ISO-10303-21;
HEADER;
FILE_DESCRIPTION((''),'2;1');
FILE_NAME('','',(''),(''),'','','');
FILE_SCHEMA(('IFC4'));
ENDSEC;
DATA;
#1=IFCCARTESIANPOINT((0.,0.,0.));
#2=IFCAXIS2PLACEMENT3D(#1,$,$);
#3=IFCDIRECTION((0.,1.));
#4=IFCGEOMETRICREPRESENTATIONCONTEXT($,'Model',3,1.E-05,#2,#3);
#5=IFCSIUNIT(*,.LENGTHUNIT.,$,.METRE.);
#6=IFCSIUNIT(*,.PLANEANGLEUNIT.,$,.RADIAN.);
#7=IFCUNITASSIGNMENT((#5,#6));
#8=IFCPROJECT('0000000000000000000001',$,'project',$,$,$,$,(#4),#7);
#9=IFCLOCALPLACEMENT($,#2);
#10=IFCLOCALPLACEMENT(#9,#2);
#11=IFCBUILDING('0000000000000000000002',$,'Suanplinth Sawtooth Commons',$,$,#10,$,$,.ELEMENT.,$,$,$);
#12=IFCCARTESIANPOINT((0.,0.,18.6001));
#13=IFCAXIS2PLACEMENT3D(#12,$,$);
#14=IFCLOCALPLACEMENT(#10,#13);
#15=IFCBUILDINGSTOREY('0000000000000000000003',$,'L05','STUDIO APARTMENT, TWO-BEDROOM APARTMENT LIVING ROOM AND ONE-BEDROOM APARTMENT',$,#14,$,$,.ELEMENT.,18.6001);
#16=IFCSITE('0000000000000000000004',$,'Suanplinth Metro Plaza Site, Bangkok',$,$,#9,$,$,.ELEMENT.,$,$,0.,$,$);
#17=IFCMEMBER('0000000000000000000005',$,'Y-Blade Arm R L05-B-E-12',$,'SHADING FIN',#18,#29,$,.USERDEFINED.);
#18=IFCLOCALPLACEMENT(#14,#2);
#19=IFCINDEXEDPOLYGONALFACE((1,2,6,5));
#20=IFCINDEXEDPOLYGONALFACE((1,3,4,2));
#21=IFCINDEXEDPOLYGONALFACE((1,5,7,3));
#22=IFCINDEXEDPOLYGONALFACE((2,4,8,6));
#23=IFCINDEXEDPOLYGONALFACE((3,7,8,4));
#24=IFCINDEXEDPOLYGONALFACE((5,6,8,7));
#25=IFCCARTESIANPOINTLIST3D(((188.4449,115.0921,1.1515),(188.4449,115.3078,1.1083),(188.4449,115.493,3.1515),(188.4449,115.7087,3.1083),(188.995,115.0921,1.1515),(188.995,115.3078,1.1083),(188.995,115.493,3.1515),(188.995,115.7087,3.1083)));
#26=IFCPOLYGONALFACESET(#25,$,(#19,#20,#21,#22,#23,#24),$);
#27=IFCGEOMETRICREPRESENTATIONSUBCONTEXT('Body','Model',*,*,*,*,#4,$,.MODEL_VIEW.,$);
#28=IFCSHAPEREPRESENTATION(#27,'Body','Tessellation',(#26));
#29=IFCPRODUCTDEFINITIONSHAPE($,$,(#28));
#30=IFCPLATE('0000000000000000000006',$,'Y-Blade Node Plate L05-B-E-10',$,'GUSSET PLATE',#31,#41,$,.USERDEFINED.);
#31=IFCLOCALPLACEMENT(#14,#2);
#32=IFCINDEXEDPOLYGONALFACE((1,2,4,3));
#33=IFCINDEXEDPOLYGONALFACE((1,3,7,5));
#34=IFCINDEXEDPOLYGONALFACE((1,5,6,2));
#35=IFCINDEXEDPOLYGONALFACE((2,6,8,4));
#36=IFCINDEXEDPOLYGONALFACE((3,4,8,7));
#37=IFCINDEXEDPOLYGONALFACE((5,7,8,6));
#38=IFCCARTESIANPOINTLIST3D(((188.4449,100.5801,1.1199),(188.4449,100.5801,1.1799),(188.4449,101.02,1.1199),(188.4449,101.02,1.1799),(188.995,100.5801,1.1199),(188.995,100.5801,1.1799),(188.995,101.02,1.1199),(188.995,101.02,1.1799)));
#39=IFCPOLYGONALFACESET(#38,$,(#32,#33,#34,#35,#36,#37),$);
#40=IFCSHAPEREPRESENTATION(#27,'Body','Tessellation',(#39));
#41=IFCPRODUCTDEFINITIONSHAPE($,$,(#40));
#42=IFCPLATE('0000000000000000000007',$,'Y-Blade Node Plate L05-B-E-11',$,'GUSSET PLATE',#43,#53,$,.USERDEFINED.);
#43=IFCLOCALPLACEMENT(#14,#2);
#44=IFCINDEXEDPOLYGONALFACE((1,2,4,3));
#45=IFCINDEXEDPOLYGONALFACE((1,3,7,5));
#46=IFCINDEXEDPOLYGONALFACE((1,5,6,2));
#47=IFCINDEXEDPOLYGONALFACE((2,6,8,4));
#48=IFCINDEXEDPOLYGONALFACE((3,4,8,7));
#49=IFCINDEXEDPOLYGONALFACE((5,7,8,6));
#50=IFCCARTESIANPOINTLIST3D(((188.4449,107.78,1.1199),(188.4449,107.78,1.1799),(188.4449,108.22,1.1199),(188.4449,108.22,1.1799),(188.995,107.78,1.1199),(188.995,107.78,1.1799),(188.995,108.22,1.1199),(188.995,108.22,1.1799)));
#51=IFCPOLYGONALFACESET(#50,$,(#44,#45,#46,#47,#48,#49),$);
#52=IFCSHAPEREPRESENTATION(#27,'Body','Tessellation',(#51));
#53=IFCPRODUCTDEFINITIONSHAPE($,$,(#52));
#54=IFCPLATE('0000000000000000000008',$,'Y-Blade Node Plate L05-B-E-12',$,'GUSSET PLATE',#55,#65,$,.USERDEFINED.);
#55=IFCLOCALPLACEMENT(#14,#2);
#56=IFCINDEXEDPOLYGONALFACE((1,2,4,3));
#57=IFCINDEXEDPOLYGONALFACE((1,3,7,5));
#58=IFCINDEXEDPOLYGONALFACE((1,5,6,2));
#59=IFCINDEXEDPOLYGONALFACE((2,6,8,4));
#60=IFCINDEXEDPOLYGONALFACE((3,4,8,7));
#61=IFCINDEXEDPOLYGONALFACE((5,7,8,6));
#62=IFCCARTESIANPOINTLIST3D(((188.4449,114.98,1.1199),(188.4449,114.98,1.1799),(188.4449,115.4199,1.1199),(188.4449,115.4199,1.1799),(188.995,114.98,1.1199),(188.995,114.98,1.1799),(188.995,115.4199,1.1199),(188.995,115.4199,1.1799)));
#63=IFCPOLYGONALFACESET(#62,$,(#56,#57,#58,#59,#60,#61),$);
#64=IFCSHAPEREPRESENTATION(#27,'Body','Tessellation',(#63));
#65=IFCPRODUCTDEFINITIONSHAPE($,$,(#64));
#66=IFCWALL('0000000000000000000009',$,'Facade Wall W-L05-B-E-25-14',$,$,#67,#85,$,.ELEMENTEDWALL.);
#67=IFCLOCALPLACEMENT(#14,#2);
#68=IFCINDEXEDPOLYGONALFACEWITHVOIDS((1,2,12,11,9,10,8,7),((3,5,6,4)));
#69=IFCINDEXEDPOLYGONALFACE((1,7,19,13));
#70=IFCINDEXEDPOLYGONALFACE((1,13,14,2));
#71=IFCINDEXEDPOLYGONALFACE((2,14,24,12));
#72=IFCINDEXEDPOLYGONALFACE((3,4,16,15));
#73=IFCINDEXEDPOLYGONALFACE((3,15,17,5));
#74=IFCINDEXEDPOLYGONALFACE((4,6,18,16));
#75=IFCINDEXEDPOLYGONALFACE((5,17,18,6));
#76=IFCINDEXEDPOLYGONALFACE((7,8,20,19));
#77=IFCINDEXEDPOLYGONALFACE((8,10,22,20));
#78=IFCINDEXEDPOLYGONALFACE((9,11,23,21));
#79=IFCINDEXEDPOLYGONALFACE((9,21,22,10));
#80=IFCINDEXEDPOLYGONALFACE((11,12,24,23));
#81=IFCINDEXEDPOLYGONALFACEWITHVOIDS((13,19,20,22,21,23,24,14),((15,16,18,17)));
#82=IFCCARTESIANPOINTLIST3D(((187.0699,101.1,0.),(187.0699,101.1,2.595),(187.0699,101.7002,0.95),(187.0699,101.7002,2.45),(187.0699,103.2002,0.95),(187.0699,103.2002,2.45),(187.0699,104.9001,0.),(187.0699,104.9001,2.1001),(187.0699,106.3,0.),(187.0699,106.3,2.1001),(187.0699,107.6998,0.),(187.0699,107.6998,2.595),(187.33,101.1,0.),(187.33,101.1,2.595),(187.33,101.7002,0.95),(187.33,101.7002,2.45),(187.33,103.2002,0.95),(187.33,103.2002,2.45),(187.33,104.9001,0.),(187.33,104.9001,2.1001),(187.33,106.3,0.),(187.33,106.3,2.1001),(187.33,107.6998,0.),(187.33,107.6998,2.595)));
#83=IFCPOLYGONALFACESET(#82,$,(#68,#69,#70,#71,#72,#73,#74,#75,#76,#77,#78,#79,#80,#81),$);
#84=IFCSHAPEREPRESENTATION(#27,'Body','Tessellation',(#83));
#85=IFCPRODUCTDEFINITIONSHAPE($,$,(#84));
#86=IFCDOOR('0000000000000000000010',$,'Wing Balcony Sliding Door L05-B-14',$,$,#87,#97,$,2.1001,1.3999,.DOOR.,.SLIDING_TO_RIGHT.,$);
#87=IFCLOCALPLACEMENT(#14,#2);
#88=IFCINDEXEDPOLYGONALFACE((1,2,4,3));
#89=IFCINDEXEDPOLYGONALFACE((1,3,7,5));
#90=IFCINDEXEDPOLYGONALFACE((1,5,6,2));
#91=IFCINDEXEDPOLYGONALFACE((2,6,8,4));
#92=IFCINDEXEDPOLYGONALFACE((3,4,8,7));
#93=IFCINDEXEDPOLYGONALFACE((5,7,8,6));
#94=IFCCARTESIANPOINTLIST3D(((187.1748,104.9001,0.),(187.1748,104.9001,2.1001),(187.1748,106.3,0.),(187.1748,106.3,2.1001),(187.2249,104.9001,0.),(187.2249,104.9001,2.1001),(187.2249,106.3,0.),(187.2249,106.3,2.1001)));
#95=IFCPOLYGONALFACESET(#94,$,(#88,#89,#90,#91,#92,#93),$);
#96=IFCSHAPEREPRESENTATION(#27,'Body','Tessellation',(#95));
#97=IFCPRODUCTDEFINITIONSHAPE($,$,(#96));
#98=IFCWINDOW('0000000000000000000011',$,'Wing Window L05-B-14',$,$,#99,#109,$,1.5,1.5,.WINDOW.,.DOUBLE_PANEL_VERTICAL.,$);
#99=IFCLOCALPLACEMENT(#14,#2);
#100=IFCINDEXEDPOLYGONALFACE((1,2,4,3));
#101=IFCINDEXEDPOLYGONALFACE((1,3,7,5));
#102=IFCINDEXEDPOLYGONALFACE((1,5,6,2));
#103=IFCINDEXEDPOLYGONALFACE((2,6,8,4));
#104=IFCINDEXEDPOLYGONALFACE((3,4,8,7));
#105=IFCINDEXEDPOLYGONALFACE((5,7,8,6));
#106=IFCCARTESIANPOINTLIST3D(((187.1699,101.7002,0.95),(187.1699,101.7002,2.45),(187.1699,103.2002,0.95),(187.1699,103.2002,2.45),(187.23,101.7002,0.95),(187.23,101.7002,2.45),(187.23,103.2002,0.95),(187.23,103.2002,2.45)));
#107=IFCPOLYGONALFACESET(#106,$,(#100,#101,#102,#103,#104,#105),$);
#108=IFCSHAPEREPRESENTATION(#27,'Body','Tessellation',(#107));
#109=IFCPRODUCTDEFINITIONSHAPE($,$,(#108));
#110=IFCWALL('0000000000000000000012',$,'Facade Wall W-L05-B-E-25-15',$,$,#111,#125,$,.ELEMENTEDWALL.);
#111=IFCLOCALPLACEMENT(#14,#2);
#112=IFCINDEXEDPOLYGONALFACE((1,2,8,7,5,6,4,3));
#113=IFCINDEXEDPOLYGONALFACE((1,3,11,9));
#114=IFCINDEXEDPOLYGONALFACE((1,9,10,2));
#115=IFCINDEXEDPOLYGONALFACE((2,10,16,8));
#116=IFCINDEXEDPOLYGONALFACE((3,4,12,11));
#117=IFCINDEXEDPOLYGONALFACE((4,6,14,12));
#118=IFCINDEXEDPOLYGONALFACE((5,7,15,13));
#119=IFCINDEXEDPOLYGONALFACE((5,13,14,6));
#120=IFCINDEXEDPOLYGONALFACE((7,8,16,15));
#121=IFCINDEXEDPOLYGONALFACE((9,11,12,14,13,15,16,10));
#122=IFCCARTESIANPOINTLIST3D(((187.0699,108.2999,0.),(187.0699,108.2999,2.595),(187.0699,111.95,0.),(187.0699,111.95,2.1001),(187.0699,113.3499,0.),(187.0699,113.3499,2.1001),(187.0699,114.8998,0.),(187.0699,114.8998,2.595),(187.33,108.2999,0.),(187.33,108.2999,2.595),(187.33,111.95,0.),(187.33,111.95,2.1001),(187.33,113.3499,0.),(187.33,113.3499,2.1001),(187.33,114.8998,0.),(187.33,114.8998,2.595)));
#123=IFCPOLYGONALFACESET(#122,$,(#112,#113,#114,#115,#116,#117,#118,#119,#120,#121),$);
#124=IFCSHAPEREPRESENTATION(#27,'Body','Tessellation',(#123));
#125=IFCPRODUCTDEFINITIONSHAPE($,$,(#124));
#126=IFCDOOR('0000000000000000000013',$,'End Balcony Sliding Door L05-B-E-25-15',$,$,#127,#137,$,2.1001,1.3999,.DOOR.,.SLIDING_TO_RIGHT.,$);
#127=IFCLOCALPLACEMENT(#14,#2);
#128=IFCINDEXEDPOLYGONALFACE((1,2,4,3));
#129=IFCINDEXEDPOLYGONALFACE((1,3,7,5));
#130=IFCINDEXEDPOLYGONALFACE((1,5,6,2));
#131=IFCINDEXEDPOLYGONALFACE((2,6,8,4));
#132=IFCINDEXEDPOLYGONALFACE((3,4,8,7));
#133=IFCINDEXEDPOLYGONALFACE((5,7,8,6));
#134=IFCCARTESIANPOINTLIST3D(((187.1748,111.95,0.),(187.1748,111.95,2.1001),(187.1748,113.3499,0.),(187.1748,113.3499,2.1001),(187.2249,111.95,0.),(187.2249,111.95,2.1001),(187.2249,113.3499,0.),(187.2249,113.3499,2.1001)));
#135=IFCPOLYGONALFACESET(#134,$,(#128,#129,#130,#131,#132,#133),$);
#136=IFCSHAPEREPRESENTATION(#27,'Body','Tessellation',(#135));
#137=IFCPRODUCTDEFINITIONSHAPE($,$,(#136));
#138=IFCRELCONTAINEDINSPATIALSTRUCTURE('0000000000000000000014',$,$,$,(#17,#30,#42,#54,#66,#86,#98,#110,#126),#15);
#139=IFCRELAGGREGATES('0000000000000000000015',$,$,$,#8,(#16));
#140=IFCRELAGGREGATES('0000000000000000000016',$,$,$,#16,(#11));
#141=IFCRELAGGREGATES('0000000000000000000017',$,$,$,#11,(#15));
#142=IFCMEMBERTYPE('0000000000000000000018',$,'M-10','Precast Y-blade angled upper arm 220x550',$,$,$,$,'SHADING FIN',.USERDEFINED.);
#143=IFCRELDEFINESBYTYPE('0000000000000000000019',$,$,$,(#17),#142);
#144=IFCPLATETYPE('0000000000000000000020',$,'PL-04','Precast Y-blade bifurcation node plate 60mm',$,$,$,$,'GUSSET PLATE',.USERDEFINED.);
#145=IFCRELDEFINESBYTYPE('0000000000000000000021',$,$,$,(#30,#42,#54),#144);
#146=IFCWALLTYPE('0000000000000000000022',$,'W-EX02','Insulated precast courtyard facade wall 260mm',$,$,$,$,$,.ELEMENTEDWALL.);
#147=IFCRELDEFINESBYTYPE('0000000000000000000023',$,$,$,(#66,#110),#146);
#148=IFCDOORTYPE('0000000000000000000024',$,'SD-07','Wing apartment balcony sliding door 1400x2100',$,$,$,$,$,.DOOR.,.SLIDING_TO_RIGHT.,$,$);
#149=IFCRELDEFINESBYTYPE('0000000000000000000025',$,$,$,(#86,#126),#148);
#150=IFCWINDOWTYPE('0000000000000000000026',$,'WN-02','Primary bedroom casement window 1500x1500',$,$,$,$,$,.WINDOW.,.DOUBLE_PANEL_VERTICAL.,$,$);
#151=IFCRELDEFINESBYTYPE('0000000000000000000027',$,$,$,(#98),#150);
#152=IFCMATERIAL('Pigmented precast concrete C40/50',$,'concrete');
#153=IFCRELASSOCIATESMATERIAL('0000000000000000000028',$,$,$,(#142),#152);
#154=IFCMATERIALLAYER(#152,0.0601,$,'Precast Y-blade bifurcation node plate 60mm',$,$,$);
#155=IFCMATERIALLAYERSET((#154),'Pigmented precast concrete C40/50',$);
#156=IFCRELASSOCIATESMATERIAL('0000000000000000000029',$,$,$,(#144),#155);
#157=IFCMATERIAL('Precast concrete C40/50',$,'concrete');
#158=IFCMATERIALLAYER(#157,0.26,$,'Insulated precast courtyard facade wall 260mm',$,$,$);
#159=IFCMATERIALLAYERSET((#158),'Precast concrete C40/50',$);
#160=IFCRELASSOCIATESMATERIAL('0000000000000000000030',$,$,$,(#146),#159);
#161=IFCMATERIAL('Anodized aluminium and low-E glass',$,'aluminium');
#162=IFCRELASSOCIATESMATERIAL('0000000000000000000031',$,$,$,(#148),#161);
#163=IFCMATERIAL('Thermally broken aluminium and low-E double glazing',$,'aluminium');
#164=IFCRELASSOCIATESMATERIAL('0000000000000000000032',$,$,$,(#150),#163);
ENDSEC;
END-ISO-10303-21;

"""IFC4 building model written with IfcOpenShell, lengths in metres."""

from ifc_helpers import new_model, si_unit, direction, frame, frame_2d, origin, origin_2d, place, context, subcontext, project, spatial, rectangle, extrude, material, layer, layer_set, material_profile, profile_set, type_object, element, fill, save


model = new_model("IFC4")

# Units and contexts
model_context = context("Model", 3, precision=1e-05, world=origin(), true_north=direction((0.0, 1.0)))
body_context = subcontext(model_context, "Body", "Model", "MODEL_VIEW")
ifc_project = project(units=[si_unit("LENGTHUNIT", "METRE"), si_unit("PLANEANGLEUNIT", "RADIAN")], contexts=[model_context])

# Site, building, storey
site_placement = place(None, origin())
site = spatial("IfcSite", under=ifc_project, at=site_placement, Name="Suanplinth Metro Plaza Site, Bangkok", CompositionType="ELEMENT", RefElevation=0.0)
building_placement = place(site_placement, origin())
building = spatial("IfcBuilding", under=site, at=building_placement, Name="Suanplinth Sawtooth Commons", CompositionType="ELEMENT")
storey_placement = place(building_placement, frame((0.0, 0.0, 18.6001)))
storey = spatial("IfcBuildingStorey", under=building, at=storey_placement, Name="L05", Description="STUDIO APARTMENT, TWO-BEDROOM APARTMENT LIVING ROOM AND ONE-BEDROOM APARTMENT", CompositionType="ELEMENT", Elevation=18.6001)

# Shared definitions
ifc_material_1 = material(Name="Precast concrete C40/50", Category="concrete")

# Member
ifc_material_2 = material(Name="Pigmented precast concrete C40/50", Category="concrete")
ifc_material_profile_1 = material_profile(ifc_material_2, rectangle(XDim=0.22, YDim=0.55, at=origin_2d()), Name="PC-FIN 220x550")
ifc_profile_set_1 = profile_set([ifc_material_profile_1], Name="Pigmented precast concrete C40/50")
member_type_1 = type_object("IfcMemberType", Name="M-10", Description="Precast Y-blade angled upper arm 220x550", ElementType="SHADING FIN", PredefinedType="USERDEFINED", material=ifc_profile_set_1)
for number, where, z_axis, x_axis, name in (
    (1, (188.72, 115.2, 1.1299), (0.0, 0.19653, 0.980498), (0.0, -0.980498, 0.19653), "Y-Blade Arm R L05-B-E-12"),
):
    element("IfcMember", number, at=place(storey_placement, frame(where, z_axis=z_axis, x_axis=x_axis)), inside=storey, type_object=member_type_1, Name=name, ObjectType="SHADING FIN", PredefinedType="USERDEFINED", context=body_context, shape_type="SweptSolid", body=[
        extrude(rectangle(XDim=0.22, YDim=0.55, at=origin_2d()), origin(), (0.0, 0.0, 1.0), 2.0398),
    ])

# Plates
ifc_layer_1 = layer(ifc_material_2, 0.0601, Name="Precast Y-blade bifurcation node plate 60mm")
ifc_layer_set_1 = layer_set([ifc_layer_1], Name="Pigmented precast concrete C40/50")
plate_type = type_object("IfcPlateType", Name="PL-04", Description="Precast Y-blade bifurcation node plate 60mm", ElementType="GUSSET PLATE", PredefinedType="USERDEFINED", material=ifc_layer_set_1)
for number, where, z_axis, x_axis, name in (
    (2, (188.72, 100.8, 1.1199), (0.0, 0.0, 1.0), (0.0, 1.0, 0.0), "Y-Blade Node Plate L05-B-E-10"),
    (3, (188.72, 108.0, 1.1199), (0.0, 0.0, 1.0), (0.0, 1.0, 0.0), "Y-Blade Node Plate L05-B-E-11"),
    (4, (188.72, 115.2, 1.1199), (0.0, 0.0, 1.0), (0.0, 1.0, 0.0), "Y-Blade Node Plate L05-B-E-12"),
):
    element("IfcPlate", number, at=place(storey_placement, frame(where, z_axis=z_axis, x_axis=x_axis)), inside=storey, type_object=plate_type, Name=name, ObjectType="GUSSET PLATE", PredefinedType="USERDEFINED", context=body_context, shape_type="SweptSolid", body=[
        extrude(rectangle(XDim=0.4399, YDim=0.55, at=origin_2d()), origin(), (0.0, 0.0, 1.0), 0.0601),
    ])

# Wall, openings, door, window
ifc_layer_2 = layer(ifc_material_1, 0.26, Name="Insulated precast courtyard facade wall 260mm")
ifc_layer_set_2 = layer_set([ifc_layer_2], Name="Precast concrete C40/50")
wall_type_1 = type_object("IfcWallType", Name="W-EX02", Description="Insulated precast courtyard facade wall 260mm", PredefinedType="ELEMENTEDWALL", material=ifc_layer_set_2)
wall_1_placement = place(storey_placement, frame((187.2, 101.1001, 0.0), z_axis=(0.0, 0.0, 1.0), x_axis=(0.0, 1.0, 0.0)))
wall_1 = element("IfcWall", 5, at=wall_1_placement, inside=storey, type_object=wall_type_1, Name="Facade Wall W-L05-B-E-25-14", PredefinedType="ELEMENTEDWALL", context=body_context, shape_type="SweptSolid", body=[
    extrude(rectangle(XDim=6.5999, YDim=0.26, at=frame_2d((3.2998, 0.0))), origin(), (0.0, 0.0, 1.0), 2.595),
])
opening_1_placement = place(wall_1_placement, frame((3.8, 0.0, 0.0)))
opening_1 = element("IfcOpeningElement", 6, at=opening_1_placement, cuts=wall_1, PredefinedType="OPENING", context=body_context, shape_type="SweptSolid", body=[
    extrude(rectangle(XDim=1.3999, YDim=2.1001, at=frame_2d((0.7, 1.05))), frame((0.0, 0.145, 0.0), z_axis=(0.0, -1.0, 0.0), x_axis=(1.0, 0.0, 0.0)), (0.0, 0.0, 1.0), 0.2898),
])
opening_2_placement = place(wall_1_placement, frame((0.6001, 0.0, 0.95)))
opening_2 = element("IfcOpeningElement", 7, at=opening_2_placement, cuts=wall_1, PredefinedType="OPENING", context=body_context, shape_type="SweptSolid", body=[
    extrude(rectangle(XDim=1.5, YDim=1.5, at=frame_2d((0.75, 0.75))), frame((0.0, 0.145, 0.0), z_axis=(0.0, -1.0, 0.0), x_axis=(1.0, 0.0, 0.0)), (0.0, 0.0, 1.0), 0.2898),
])
ifc_material_3 = material(Name="Anodized aluminium and low-E glass", Category="aluminium")
door_type_1 = type_object("IfcDoorType", Name="SD-07", Description="Wing apartment balcony sliding door 1400x2100", OperationType="SLIDING_TO_RIGHT", PredefinedType="DOOR", material=ifc_material_3)
door_1_placement = place(opening_1_placement, frame((1.3999, 0.0, 0.0), z_axis=(0.0, 0.0, 1.0), x_axis=(-1.0, 0.0, 0.0)))
door_1 = element("IfcDoor", 8, at=door_1_placement, inside=storey, type_object=door_type_1, Name="Wing Balcony Sliding Door L05-B-14", OperationType="SLIDING_TO_RIGHT", OverallHeight=2.1001, OverallWidth=1.3999, PredefinedType="DOOR", context=body_context, shape_type="SweptSolid", body=[
    extrude(rectangle(XDim=1.3999, YDim=2.1001, at=frame_2d((0.7, 1.05))), frame((0.0, 0.0249, 0.0), z_axis=(0.0, -1.0, 0.0), x_axis=(1.0, 0.0, 0.0)), (0.0, 0.0, 1.0), 0.05),
])
fill(opening_1, door_1)
ifc_material_4 = material(Name="Thermally broken aluminium and low-E double glazing", Category="aluminium")
window_type_1 = type_object("IfcWindowType", Name="WN-02", Description="Primary bedroom casement window 1500x1500", PartitioningType="DOUBLE_PANEL_VERTICAL", PredefinedType="WINDOW", material=ifc_material_4)
window_1_placement = place(opening_2_placement, origin())
window_1 = element("IfcWindow", 9, at=window_1_placement, inside=storey, type_object=window_type_1, Name="Wing Window L05-B-14", OverallHeight=1.5, OverallWidth=1.5, PartitioningType="DOUBLE_PANEL_VERTICAL", PredefinedType="WINDOW", context=body_context, shape_type="SweptSolid", body=[
    extrude(rectangle(XDim=1.5, YDim=1.5, at=frame_2d((0.75, 0.75))), frame((0.0, 0.03, 0.0), z_axis=(0.0, -1.0, 0.0), x_axis=(1.0, 0.0, 0.0)), (0.0, 0.0, 1.0), 0.0601),
])
fill(opening_2, window_1)

# Wall, opening, door
wall_2_placement = place(storey_placement, frame((187.2, 108.3, 0.0), z_axis=(0.0, 0.0, 1.0), x_axis=(0.0, 1.0, 0.0)))
wall_2 = element("IfcWall", 10, at=wall_2_placement, inside=storey, type_object=wall_type_1, Name="Facade Wall W-L05-B-E-25-15", PredefinedType="ELEMENTEDWALL", context=body_context, shape_type="SweptSolid", body=[
    extrude(rectangle(XDim=6.5999, YDim=0.26, at=frame_2d((3.2998, 0.0))), origin(), (0.0, 0.0, 1.0), 2.595),
])
opening_3_placement = place(wall_2_placement, frame((3.6499, 0.0, 0.0)))
opening_3 = element("IfcOpeningElement", 11, at=opening_3_placement, cuts=wall_2, PredefinedType="OPENING", context=body_context, shape_type="SweptSolid", body=[
    extrude(rectangle(XDim=1.3999, YDim=2.1001, at=frame_2d((0.7, 1.05))), frame((0.0, 0.145, 0.0), z_axis=(0.0, -1.0, 0.0), x_axis=(1.0, 0.0, 0.0)), (0.0, 0.0, 1.0), 0.2898),
])
door_2_placement = place(opening_3_placement, frame((1.3999, 0.0, 0.0), z_axis=(0.0, 0.0, 1.0), x_axis=(-1.0, 0.0, 0.0)))
door_2 = element("IfcDoor", 12, at=door_2_placement, inside=storey, type_object=door_type_1, Name="End Balcony Sliding Door L05-B-E-25-15", OperationType="SLIDING_TO_RIGHT", OverallHeight=2.1001, OverallWidth=1.3999, PredefinedType="DOOR", context=body_context, shape_type="SweptSolid", body=[
    extrude(rectangle(XDim=1.3999, YDim=2.1001, at=frame_2d((0.7, 1.05))), frame((0.0, 0.0249, 0.0), z_axis=(0.0, -1.0, 0.0), x_axis=(1.0, 0.0, 0.0)), (0.0, 0.0, 1.0), 0.05),
])
fill(opening_3, door_2)

save(model, "model.ifc")
